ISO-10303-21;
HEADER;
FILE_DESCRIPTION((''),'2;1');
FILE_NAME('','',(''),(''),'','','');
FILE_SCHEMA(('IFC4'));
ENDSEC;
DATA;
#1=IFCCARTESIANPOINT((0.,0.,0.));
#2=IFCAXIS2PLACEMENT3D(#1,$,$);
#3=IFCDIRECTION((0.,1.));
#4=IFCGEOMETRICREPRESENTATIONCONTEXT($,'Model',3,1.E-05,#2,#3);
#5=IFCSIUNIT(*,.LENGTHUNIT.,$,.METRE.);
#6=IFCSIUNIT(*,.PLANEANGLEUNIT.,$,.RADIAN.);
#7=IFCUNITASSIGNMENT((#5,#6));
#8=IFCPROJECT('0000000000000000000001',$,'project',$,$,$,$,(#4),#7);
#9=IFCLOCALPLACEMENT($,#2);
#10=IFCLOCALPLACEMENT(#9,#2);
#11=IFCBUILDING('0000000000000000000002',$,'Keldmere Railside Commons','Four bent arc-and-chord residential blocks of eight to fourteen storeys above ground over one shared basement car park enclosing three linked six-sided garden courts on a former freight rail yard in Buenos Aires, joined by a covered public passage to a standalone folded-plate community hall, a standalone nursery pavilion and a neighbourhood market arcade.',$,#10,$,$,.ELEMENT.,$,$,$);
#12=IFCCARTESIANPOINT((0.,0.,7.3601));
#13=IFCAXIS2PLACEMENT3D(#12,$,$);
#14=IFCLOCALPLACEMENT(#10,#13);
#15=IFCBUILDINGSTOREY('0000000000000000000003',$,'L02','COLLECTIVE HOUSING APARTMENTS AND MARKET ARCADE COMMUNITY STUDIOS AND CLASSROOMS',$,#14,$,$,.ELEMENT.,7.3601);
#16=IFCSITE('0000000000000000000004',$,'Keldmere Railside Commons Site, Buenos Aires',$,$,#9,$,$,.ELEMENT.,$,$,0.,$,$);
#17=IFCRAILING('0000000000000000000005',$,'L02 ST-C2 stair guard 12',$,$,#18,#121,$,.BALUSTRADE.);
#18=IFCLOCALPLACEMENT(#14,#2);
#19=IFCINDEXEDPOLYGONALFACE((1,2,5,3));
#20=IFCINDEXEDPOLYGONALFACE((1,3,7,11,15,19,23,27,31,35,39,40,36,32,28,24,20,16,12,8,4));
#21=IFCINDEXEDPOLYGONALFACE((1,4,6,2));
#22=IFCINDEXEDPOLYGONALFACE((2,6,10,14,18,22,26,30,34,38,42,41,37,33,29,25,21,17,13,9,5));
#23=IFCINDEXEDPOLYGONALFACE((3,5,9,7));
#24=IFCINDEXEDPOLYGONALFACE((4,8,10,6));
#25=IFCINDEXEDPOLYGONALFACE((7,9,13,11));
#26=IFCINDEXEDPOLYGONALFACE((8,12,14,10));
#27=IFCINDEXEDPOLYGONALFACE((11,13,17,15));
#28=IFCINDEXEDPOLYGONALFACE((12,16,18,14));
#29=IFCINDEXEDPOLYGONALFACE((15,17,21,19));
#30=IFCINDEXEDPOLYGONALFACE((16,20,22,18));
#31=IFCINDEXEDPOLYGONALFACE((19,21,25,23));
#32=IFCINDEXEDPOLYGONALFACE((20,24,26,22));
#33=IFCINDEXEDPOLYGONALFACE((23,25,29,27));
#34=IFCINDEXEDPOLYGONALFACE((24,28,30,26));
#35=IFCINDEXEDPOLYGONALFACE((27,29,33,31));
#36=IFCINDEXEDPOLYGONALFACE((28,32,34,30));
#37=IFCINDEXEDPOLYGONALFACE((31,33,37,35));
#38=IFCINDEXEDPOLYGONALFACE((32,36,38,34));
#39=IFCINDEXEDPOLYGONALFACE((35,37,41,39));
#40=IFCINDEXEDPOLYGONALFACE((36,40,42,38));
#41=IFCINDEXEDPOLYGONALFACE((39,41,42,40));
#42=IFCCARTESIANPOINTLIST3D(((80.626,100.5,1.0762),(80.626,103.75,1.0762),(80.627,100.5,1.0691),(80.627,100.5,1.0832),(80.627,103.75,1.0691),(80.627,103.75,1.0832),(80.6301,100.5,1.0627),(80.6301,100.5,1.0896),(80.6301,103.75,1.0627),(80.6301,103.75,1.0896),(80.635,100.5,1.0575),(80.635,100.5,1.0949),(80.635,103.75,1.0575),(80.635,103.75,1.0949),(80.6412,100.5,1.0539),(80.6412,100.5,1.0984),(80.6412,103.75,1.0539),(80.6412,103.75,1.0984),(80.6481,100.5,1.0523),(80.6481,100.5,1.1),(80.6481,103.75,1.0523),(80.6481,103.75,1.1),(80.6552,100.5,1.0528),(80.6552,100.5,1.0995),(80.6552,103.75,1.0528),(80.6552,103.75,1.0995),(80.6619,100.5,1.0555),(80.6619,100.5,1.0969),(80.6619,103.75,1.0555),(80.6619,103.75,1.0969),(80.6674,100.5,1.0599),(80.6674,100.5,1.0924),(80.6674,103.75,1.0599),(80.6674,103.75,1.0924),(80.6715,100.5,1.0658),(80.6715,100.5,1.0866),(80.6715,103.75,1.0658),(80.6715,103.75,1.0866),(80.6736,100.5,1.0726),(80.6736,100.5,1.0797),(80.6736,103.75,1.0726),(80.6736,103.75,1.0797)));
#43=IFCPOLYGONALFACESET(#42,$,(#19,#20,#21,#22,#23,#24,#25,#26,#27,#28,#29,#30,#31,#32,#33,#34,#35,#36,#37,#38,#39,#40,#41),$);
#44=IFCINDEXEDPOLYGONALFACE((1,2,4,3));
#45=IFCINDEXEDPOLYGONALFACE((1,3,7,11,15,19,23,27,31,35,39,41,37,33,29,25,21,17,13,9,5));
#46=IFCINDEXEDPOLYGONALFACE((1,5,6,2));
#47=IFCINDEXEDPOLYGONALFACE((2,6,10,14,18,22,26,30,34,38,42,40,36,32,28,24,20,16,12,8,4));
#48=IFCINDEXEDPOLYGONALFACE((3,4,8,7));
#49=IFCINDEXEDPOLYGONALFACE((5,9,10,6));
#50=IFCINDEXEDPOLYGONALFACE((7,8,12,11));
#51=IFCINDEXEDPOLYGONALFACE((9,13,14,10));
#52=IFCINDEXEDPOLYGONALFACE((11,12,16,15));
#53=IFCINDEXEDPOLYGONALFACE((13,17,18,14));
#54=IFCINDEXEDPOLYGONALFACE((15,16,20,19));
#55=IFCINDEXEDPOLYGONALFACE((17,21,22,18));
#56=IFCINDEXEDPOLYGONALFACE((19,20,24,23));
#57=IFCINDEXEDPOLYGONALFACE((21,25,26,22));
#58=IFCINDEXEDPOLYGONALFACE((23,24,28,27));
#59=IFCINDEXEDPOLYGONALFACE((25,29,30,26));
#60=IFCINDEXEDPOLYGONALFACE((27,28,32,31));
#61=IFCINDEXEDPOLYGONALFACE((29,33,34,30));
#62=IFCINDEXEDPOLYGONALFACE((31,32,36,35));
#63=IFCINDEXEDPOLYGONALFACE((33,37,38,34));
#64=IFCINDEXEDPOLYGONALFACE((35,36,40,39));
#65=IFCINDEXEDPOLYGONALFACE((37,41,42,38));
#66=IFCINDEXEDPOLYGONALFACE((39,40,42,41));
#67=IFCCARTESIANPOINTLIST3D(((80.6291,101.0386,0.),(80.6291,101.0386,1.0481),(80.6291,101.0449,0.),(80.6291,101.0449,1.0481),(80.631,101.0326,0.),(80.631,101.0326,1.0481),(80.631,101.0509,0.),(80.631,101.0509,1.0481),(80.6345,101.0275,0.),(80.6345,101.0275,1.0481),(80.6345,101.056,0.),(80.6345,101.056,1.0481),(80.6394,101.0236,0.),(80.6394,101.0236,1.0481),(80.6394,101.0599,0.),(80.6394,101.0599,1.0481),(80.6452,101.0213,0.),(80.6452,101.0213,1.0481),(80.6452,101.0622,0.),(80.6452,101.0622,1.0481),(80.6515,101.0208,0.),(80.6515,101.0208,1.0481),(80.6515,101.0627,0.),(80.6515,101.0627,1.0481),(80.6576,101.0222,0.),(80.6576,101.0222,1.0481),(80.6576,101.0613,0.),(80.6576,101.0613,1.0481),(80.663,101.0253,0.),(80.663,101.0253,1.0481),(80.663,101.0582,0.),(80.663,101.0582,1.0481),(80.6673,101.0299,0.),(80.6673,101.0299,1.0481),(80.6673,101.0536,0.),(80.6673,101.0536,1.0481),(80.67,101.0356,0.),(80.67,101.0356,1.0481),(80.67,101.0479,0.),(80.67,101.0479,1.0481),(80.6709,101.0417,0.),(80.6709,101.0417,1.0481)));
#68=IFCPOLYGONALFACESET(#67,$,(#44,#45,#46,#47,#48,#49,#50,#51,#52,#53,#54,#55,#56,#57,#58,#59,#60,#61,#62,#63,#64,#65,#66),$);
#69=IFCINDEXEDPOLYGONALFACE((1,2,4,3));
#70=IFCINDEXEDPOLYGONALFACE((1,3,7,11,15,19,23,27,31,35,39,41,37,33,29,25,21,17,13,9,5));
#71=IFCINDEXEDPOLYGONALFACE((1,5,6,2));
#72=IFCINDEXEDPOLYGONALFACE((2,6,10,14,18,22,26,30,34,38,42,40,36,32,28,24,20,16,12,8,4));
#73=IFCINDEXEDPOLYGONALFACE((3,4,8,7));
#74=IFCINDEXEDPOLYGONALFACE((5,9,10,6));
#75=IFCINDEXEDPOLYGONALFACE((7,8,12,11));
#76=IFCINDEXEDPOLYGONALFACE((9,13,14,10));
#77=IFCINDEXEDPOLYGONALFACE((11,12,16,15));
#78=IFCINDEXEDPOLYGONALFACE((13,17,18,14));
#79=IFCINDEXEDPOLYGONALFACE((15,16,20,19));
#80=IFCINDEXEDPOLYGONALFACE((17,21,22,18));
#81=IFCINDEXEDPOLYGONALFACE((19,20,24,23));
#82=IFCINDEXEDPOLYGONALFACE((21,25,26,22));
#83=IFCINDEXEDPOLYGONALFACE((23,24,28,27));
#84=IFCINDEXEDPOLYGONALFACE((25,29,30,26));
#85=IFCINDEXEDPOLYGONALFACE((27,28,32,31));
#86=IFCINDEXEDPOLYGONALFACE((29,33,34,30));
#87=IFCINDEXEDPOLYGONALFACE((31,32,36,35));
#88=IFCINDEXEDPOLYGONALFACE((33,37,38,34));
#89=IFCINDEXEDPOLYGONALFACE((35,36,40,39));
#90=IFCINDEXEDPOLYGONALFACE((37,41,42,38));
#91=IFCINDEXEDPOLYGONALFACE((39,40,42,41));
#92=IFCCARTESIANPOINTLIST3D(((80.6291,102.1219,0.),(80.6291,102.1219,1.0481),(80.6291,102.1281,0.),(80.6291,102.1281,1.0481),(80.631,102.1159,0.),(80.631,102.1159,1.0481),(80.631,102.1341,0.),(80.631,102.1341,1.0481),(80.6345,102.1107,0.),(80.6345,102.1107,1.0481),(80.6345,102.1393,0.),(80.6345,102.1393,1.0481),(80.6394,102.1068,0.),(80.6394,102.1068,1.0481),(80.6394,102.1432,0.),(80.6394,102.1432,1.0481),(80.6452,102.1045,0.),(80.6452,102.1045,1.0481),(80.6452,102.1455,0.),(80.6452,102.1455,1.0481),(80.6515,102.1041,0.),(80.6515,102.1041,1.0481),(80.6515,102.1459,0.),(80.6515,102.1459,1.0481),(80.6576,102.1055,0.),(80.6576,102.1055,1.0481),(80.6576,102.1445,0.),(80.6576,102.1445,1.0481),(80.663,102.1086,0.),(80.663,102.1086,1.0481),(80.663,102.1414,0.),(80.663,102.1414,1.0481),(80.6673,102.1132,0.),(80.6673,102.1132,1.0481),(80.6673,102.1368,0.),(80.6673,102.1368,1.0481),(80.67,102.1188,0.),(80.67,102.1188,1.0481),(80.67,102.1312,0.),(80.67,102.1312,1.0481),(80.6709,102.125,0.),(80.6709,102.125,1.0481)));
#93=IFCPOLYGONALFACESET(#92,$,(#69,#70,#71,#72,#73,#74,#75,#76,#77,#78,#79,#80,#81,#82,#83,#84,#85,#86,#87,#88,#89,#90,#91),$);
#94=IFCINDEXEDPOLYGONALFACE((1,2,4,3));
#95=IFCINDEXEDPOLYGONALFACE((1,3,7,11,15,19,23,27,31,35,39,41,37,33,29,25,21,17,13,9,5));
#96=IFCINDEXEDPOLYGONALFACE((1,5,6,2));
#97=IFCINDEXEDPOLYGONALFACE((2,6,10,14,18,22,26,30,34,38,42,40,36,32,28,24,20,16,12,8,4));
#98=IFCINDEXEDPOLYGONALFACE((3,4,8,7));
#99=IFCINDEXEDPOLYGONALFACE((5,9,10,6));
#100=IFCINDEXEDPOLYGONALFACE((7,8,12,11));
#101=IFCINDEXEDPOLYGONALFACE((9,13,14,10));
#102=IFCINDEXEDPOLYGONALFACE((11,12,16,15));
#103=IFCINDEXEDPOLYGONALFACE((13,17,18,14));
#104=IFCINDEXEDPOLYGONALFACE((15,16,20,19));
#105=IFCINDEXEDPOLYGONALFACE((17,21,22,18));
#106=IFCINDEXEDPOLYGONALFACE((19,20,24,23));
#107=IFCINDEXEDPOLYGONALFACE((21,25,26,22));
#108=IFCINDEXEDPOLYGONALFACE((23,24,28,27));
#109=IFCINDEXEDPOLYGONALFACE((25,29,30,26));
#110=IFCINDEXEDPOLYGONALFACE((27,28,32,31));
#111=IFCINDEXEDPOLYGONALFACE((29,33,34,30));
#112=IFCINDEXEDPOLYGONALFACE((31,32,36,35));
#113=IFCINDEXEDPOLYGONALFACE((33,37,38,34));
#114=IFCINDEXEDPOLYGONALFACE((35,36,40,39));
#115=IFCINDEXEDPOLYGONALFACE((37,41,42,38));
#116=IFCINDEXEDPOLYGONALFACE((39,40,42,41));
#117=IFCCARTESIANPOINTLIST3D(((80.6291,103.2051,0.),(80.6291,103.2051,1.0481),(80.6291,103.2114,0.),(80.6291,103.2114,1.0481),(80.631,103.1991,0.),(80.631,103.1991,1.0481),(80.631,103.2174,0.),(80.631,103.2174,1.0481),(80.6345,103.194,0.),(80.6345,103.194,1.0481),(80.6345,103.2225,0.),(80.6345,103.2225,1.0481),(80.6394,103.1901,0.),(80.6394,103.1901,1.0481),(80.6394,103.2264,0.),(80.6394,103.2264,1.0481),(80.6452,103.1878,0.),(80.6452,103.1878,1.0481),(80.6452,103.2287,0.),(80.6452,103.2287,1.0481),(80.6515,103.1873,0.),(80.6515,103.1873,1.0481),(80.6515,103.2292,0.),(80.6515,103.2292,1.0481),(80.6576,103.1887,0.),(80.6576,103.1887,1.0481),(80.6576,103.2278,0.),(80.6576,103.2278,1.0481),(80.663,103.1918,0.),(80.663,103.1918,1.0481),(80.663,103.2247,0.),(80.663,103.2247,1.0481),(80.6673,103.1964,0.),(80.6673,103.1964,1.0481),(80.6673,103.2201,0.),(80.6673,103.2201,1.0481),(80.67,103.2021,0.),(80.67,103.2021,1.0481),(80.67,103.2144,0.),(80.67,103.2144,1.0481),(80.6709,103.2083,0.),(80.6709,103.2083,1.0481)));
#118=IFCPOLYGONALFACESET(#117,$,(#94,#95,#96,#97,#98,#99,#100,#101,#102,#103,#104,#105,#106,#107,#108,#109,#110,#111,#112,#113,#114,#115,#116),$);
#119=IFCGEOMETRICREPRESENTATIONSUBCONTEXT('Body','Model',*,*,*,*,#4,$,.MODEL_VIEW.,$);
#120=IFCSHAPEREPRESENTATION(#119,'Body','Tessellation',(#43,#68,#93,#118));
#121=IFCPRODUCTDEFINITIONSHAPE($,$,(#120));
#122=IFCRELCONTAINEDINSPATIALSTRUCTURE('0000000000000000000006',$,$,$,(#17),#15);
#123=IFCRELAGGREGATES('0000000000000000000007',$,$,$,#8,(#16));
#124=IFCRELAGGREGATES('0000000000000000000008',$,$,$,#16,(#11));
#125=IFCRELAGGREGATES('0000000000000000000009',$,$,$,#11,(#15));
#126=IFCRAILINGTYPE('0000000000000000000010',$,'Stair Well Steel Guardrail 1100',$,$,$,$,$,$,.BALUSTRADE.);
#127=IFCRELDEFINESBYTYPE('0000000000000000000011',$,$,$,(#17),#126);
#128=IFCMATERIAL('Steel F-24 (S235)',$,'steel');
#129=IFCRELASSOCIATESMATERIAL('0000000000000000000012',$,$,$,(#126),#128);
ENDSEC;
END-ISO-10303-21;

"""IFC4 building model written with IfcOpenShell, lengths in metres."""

from ifc_helpers import new_model, si_unit, direction, frame, origin, origin_2d, place, context, subcontext, project, spatial, circle, extrude, material, type_object, element, save


model = new_model("IFC4")

# Units and contexts
model_context = context("Model", 3, precision=1e-05, world=origin(), true_north=direction((0.0, 1.0)))
body_context = subcontext(model_context, "Body", "Model", "MODEL_VIEW")
ifc_project = project(units=[si_unit("LENGTHUNIT", "METRE"), si_unit("PLANEANGLEUNIT", "RADIAN")], contexts=[model_context])

# Site, building, storey
site_placement = place(None, origin())
site = spatial("IfcSite", under=ifc_project, at=site_placement, Name="Keldmere Railside Commons Site, Buenos Aires", CompositionType="ELEMENT", RefElevation=0.0)
building_placement = place(site_placement, origin())
building = spatial("IfcBuilding", under=site, at=building_placement, Name="Keldmere Railside Commons", Description="Four bent arc-and-chord residential blocks of eight to fourteen storeys above ground over one shared basement car park enclosing three linked six-sided garden courts on a former freight rail yard in Buenos Aires, joined by a covered public passage to a standalone folded-plate community hall, a standalone nursery pavilion and a neighbourhood market arcade.", CompositionType="ELEMENT")
storey_placement = place(building_placement, frame((0.0, 0.0, 7.3601)))
storey = spatial("IfcBuildingStorey", under=building, at=storey_placement, Name="L02", Description="COLLECTIVE HOUSING APARTMENTS AND MARKET ARCADE COMMUNITY STUDIOS AND CLASSROOMS", CompositionType="ELEMENT", Elevation=7.3601)

# Railing
ifc_material_1 = material(Name="Steel F-24 (S235)", Category="steel")
railing_type_1 = type_object("IfcRailingType", Name="Stair Well Steel Guardrail 1100", PredefinedType="BALUSTRADE", material=ifc_material_1)
railing_1_placement = place(storey_placement, frame((80.6499, 100.5, 0.0)))
element("IfcRailing", 1, at=railing_1_placement, inside=storey, type_object=railing_type_1, Name="L02 ST-C2 stair guard 12", PredefinedType="BALUSTRADE", context=body_context, shape_type="SweptSolid", body=[
    extrude(circle(Radius=0.0239, at=origin_2d()), frame((0.0, 0.0, 1.0762), z_axis=(0.0, 1.0, 0.0), x_axis=(-1.0, 0.0, 0.0)), (0.0, 0.0, 1.0), 3.25),
    extrude(circle(Radius=0.021, at=origin_2d()), frame((0.0, 0.5417, 0.0)), (0.0, 0.0, 1.0), 1.0481),
    extrude(circle(Radius=0.021, at=origin_2d()), frame((0.0, 1.625, 0.0)), (0.0, 0.0, 1.0), 1.0481),
    extrude(circle(Radius=0.021, at=origin_2d()), frame((0.0, 2.7083, 0.0)), (0.0, 0.0, 1.0), 1.0481),
])

save(model, "model.ifc")
